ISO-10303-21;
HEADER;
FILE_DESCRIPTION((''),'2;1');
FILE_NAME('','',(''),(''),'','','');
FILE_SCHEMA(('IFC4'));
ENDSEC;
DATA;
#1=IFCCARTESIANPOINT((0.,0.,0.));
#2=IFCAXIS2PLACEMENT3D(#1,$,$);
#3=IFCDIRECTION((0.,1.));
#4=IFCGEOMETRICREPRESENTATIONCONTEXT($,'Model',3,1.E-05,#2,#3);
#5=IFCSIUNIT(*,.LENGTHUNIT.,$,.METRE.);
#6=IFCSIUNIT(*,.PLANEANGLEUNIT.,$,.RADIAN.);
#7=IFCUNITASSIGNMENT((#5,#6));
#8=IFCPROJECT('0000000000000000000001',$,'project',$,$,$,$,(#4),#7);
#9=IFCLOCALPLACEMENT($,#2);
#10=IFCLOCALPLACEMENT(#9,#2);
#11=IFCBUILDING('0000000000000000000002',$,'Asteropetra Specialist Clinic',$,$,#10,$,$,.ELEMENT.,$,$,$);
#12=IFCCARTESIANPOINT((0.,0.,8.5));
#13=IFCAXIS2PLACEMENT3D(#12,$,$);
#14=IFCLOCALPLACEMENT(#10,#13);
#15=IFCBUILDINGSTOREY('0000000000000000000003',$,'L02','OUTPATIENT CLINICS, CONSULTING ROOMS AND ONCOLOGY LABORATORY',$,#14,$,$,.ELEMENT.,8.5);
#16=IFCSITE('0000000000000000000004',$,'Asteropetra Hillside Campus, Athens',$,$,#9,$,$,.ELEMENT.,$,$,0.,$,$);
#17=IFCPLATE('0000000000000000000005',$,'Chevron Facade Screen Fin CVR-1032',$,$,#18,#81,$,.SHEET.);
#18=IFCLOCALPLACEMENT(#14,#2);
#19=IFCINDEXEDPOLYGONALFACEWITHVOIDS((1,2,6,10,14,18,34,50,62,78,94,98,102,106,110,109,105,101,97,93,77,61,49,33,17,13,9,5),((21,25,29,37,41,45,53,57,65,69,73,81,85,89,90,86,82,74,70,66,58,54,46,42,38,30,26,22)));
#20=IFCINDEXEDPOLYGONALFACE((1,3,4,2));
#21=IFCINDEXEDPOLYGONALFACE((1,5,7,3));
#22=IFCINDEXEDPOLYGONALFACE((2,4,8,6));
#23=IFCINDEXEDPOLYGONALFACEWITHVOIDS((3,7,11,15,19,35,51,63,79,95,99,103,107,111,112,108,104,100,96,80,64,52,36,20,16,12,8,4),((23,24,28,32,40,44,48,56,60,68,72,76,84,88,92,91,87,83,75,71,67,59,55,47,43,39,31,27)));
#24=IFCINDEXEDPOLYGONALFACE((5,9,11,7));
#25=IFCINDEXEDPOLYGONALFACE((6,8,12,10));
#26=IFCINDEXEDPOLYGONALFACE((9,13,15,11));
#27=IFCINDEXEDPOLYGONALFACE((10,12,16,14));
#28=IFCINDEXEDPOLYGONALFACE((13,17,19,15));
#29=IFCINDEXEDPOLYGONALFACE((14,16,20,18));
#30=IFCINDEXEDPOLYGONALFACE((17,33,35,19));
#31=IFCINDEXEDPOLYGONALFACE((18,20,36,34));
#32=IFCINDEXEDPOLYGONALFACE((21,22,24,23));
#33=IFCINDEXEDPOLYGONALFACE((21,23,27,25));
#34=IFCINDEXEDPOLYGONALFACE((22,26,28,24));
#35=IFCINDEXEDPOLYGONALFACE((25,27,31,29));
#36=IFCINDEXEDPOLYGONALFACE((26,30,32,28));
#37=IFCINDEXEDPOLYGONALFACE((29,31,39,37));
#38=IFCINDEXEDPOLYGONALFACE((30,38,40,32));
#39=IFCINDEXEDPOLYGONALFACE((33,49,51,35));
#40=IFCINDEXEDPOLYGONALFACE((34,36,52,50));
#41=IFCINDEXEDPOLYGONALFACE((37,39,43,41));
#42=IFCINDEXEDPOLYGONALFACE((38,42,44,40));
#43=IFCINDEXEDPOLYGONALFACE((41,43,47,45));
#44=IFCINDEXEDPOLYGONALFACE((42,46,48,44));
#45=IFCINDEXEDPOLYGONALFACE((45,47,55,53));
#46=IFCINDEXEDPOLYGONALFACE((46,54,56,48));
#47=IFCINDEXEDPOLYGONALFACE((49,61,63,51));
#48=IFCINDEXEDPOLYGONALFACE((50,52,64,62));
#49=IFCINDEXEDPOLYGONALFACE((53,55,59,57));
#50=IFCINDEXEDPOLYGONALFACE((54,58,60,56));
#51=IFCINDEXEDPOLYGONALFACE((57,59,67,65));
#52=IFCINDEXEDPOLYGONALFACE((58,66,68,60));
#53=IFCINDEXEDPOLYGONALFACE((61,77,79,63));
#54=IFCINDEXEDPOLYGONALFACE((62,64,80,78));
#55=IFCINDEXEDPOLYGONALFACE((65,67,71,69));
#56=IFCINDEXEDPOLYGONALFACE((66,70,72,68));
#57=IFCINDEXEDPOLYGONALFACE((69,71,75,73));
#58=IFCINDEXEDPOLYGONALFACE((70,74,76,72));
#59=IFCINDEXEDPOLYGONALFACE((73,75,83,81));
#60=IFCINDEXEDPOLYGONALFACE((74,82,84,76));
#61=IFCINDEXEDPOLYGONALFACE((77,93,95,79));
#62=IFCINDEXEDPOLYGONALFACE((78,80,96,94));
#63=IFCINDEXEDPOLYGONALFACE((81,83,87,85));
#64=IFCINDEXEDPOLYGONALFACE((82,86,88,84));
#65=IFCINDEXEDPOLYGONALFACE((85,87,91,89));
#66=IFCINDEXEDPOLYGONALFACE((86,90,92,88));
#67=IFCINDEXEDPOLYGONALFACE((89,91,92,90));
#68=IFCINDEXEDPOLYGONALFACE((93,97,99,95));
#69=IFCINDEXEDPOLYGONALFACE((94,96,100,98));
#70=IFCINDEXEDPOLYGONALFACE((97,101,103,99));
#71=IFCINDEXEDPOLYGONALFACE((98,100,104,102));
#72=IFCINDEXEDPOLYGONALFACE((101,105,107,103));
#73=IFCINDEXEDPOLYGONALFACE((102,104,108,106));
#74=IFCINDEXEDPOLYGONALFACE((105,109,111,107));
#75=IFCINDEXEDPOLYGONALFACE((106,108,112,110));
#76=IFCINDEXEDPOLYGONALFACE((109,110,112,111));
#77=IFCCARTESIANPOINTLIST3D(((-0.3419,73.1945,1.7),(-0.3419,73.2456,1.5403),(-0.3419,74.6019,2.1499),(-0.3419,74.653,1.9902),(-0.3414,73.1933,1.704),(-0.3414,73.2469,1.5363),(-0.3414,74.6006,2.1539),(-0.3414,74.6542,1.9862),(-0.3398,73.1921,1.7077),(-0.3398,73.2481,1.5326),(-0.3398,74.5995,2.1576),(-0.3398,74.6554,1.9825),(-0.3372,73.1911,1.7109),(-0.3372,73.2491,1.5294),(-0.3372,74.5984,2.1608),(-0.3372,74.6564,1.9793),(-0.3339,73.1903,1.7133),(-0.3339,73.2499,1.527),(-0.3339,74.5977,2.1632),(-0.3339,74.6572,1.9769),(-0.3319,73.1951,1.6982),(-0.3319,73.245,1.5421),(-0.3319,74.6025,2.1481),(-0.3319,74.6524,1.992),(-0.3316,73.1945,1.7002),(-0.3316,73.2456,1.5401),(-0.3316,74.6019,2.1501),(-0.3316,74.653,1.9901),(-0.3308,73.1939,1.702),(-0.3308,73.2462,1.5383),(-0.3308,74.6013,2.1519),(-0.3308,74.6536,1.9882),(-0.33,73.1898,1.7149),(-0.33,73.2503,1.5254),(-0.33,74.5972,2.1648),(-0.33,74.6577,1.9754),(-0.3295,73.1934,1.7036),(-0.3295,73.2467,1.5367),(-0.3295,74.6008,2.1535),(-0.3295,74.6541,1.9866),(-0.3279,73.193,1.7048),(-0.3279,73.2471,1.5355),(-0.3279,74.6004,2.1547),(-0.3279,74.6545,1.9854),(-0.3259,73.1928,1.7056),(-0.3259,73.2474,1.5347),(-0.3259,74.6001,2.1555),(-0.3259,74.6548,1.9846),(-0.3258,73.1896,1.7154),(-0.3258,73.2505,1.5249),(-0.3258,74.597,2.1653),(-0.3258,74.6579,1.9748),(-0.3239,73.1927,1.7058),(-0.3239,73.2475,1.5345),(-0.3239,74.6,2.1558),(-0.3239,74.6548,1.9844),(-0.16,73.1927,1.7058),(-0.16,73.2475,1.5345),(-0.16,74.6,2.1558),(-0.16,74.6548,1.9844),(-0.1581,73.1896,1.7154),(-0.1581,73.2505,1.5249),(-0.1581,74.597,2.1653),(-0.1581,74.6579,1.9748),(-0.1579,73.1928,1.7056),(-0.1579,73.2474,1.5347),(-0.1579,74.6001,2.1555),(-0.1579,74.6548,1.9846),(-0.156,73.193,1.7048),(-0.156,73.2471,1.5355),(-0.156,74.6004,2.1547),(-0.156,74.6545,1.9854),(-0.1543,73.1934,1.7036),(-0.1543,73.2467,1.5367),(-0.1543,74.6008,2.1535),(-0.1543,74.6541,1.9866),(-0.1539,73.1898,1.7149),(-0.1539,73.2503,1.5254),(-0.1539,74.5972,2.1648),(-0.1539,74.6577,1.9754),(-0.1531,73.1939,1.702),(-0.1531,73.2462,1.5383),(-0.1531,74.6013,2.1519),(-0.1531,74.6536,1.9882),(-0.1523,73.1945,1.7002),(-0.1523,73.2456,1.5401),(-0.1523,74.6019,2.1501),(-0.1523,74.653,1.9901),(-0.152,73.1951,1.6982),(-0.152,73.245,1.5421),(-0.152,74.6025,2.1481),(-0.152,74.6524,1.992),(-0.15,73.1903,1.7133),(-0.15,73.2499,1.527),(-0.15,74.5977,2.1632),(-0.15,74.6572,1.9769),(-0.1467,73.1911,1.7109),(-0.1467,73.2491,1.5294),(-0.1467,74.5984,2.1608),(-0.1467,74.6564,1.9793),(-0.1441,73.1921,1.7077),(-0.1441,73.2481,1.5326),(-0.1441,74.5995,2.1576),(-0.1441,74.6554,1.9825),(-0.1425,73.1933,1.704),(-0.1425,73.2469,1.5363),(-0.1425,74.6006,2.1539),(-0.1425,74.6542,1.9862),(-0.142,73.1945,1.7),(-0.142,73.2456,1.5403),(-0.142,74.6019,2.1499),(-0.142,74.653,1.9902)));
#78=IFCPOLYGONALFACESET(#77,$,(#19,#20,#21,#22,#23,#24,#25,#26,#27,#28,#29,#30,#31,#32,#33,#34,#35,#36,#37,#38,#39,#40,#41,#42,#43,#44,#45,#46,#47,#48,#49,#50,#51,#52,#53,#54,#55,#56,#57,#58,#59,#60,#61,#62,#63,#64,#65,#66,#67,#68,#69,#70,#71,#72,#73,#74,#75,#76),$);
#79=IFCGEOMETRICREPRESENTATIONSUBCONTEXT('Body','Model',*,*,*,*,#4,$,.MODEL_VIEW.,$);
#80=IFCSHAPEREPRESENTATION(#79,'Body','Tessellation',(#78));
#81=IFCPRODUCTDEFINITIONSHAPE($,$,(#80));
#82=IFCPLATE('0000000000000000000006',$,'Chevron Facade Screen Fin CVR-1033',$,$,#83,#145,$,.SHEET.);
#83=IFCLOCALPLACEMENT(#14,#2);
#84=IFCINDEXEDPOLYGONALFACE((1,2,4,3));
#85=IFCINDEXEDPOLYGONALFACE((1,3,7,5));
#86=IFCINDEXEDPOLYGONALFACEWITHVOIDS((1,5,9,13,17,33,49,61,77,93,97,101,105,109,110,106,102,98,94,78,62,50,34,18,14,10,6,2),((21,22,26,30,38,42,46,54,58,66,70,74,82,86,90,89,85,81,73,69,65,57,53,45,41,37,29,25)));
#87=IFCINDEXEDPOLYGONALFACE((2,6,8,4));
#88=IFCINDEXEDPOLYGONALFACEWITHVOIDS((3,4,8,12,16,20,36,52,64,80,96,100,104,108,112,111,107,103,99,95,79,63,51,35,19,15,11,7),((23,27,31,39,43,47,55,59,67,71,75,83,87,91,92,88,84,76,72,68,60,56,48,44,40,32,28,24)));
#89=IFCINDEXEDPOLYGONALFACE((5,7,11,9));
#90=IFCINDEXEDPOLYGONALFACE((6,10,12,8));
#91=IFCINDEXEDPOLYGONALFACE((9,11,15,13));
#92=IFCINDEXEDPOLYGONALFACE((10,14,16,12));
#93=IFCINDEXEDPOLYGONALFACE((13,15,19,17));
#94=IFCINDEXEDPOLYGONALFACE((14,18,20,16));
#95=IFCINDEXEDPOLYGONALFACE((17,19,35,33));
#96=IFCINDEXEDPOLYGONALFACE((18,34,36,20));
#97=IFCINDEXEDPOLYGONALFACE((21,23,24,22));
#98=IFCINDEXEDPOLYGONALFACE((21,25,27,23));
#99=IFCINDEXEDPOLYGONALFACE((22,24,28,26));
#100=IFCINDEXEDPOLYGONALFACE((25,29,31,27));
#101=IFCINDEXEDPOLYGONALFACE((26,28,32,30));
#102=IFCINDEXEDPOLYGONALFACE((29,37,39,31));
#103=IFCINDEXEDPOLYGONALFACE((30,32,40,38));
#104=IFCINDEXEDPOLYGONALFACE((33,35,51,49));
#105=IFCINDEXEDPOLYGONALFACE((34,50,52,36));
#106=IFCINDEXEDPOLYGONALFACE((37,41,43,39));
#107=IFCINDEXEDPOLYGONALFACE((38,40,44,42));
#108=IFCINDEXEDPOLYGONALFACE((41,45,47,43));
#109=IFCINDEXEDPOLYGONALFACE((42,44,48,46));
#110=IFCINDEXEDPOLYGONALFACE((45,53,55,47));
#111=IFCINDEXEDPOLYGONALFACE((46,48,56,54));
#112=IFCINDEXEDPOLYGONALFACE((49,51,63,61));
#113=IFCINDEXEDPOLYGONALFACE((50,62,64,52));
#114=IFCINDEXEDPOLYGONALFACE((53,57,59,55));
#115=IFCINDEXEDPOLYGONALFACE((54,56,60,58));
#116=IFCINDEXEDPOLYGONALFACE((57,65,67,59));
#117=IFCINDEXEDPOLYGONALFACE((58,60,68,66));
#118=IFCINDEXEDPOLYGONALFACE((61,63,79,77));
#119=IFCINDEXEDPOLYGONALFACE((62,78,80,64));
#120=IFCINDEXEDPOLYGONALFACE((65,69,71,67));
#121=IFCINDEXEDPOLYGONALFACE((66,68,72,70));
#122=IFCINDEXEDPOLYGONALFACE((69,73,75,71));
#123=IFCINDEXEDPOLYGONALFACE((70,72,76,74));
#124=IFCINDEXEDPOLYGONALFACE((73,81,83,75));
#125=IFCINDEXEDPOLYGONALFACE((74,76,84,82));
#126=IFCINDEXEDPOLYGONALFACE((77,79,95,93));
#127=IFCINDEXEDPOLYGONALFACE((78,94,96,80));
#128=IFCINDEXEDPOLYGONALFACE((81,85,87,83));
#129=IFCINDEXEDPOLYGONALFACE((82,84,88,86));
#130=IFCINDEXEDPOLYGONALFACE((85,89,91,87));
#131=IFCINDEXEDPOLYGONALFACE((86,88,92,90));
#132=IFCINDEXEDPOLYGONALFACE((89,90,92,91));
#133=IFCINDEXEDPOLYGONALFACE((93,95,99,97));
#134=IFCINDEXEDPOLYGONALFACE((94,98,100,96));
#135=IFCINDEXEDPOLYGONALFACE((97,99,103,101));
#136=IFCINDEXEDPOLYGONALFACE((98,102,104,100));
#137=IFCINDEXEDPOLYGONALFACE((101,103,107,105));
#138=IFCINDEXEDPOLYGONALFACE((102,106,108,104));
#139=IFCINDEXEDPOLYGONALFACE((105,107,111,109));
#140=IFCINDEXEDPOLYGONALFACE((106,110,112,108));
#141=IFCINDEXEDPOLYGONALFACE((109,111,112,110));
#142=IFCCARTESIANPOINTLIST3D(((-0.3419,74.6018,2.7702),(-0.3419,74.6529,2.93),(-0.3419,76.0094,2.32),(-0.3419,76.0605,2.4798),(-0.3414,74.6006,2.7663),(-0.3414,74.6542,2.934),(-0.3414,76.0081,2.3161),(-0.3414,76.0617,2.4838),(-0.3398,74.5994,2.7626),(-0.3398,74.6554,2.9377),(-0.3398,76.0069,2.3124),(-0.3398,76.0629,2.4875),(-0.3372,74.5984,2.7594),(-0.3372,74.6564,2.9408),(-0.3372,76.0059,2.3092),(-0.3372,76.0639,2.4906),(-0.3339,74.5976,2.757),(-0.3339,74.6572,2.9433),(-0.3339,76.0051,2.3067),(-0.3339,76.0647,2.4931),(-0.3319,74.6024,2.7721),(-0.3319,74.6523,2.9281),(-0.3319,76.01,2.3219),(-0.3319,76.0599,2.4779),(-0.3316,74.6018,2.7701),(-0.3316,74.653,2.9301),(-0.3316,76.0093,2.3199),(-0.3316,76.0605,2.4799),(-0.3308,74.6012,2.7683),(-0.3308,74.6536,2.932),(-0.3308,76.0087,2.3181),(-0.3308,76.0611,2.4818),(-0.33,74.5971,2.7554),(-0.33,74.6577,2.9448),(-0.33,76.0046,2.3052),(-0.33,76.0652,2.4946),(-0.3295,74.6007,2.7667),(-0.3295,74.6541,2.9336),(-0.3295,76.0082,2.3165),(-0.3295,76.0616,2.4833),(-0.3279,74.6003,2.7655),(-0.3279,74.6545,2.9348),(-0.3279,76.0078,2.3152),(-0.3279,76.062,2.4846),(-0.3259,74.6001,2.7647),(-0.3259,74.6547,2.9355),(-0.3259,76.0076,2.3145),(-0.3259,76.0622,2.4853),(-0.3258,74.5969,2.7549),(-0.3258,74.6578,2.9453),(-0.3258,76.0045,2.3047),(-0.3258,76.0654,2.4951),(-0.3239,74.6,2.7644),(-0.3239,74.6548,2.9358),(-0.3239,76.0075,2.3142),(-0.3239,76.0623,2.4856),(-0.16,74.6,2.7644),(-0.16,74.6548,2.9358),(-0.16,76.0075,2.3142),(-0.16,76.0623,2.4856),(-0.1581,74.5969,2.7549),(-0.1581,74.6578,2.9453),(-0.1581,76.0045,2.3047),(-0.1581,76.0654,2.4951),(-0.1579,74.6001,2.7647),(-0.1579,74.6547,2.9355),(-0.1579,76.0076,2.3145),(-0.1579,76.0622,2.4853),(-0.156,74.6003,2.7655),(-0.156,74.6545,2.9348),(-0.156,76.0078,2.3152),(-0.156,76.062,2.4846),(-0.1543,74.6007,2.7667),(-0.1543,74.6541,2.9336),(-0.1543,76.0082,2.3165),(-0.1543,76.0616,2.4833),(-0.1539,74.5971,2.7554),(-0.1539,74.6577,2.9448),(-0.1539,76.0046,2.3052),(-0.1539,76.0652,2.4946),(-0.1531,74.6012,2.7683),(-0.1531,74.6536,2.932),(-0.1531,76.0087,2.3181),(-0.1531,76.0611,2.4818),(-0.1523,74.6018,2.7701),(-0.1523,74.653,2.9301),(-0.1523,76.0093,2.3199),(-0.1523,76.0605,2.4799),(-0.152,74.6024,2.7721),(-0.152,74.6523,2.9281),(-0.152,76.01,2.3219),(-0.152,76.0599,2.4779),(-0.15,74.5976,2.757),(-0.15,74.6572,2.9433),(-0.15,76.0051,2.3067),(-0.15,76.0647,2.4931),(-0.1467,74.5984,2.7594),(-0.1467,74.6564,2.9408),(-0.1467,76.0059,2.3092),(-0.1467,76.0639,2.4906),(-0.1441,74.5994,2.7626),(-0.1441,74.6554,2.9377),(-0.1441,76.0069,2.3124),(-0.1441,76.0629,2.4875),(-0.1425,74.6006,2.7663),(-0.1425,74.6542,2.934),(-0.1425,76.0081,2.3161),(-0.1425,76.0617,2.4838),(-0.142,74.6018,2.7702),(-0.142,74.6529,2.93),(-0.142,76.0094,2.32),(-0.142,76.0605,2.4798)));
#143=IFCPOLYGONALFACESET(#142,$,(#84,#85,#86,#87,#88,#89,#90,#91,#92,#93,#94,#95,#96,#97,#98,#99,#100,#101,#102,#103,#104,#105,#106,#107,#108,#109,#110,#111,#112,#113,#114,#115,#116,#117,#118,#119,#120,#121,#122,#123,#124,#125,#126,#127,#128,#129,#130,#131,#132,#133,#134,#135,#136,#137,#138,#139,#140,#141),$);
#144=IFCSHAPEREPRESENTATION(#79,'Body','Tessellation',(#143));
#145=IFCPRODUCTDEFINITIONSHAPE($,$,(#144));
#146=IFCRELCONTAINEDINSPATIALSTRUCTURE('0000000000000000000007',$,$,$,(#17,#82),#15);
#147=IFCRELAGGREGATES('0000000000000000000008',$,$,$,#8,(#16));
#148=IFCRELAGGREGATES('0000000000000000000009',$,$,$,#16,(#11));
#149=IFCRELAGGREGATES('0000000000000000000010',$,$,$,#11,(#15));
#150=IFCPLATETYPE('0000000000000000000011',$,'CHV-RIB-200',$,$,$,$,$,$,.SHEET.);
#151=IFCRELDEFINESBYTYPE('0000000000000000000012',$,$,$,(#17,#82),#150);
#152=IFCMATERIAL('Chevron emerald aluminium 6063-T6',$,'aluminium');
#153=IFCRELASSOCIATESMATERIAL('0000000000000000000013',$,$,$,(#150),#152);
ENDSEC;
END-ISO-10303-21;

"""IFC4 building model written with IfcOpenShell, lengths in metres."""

from ifc_helpers import new_model, si_unit, direction, frame, origin, origin_2d, place, context, subcontext, project, spatial, hollow_rectangle, extrude, material, material_profile, profile_set, type_object, element, save


model = new_model("IFC4")

# Units and contexts
model_context = context("Model", 3, precision=1e-05, world=origin(), true_north=direction((0.0, 1.0)))
body_context = subcontext(model_context, "Body", "Model", "MODEL_VIEW")
ifc_project = project(units=[si_unit("LENGTHUNIT", "METRE"), si_unit("PLANEANGLEUNIT", "RADIAN")], contexts=[model_context])

# Site, building, storey
site_placement = place(None, origin())
site = spatial("IfcSite", under=ifc_project, at=site_placement, Name="Asteropetra Hillside Campus, Athens", CompositionType="ELEMENT", RefElevation=0.0)
building_placement = place(site_placement, origin())
building = spatial("IfcBuilding", under=site, at=building_placement, Name="Asteropetra Specialist Clinic", CompositionType="ELEMENT")
storey_placement = place(building_placement, frame((0.0, 0.0, 8.5)))
storey = spatial("IfcBuildingStorey", under=building, at=storey_placement, Name="L02", Description="OUTPATIENT CLINICS, CONSULTING ROOMS AND ONCOLOGY LABORATORY", CompositionType="ELEMENT", Elevation=8.5)

# Plates
ifc_material_1 = material(Name="Chevron emerald aluminium 6063-T6", Category="aluminium")
ifc_material_profile_1 = material_profile(ifc_material_1, hollow_rectangle(XDim=0.2, YDim=0.2, WallThickness=0.01, InnerFilletRadius=0.0081, OuterFilletRadius=0.0161, at=origin_2d()), Name="SHS 200x200x10.0")
ifc_profile_set_1 = profile_set([ifc_material_profile_1], Name="Chevron emerald aluminium 6063-T6")
plate_type_1 = type_object("IfcPlateType", Name="CHV-RIB-200", PredefinedType="SHEET", material=ifc_profile_set_1)
for number, where, z_axis, x_axis, name in (
    (1, (-0.2419, 74.6274, 2.0701), (0.0, -0.95251, -0.304506), (1.0, 0.0, 0.0), "Chevron Facade Screen Fin CVR-1032"),
):
    element("IfcPlate", number, at=place(storey_placement, frame(where, z_axis=z_axis, x_axis=x_axis)), inside=storey, type_object=plate_type_1, Name=name, PredefinedType="SHEET", context=body_context, shape_type="SweptSolid", body=[
        extrude(hollow_rectangle(XDim=0.2, YDim=0.2, WallThickness=0.01, InnerFilletRadius=0.0081, OuterFilletRadius=0.0161, at=origin_2d()), origin(), (0.0, 0.0, 1.0), 1.4775),
    ])
for number, where, z_axis, x_axis, name in (
    (2, (-0.2419, 76.0349, 2.3999), (0.0, -0.952463, 0.304656), (1.0, 0.0, 0.0), "Chevron Facade Screen Fin CVR-1033"),
):
    element("IfcPlate", number, at=place(storey_placement, frame(where, z_axis=z_axis, x_axis=x_axis)), inside=storey, type_object=plate_type_1, Name=name, PredefinedType="SHEET", context=body_context, shape_type="SweptSolid", body=[
        extrude(hollow_rectangle(XDim=0.2, YDim=0.2, WallThickness=0.01, InnerFilletRadius=0.0081, OuterFilletRadius=0.0161, at=origin_2d()), origin(), (0.0, 0.0, 1.0), 1.4778),
    ])

save(model, "model.ifc")
